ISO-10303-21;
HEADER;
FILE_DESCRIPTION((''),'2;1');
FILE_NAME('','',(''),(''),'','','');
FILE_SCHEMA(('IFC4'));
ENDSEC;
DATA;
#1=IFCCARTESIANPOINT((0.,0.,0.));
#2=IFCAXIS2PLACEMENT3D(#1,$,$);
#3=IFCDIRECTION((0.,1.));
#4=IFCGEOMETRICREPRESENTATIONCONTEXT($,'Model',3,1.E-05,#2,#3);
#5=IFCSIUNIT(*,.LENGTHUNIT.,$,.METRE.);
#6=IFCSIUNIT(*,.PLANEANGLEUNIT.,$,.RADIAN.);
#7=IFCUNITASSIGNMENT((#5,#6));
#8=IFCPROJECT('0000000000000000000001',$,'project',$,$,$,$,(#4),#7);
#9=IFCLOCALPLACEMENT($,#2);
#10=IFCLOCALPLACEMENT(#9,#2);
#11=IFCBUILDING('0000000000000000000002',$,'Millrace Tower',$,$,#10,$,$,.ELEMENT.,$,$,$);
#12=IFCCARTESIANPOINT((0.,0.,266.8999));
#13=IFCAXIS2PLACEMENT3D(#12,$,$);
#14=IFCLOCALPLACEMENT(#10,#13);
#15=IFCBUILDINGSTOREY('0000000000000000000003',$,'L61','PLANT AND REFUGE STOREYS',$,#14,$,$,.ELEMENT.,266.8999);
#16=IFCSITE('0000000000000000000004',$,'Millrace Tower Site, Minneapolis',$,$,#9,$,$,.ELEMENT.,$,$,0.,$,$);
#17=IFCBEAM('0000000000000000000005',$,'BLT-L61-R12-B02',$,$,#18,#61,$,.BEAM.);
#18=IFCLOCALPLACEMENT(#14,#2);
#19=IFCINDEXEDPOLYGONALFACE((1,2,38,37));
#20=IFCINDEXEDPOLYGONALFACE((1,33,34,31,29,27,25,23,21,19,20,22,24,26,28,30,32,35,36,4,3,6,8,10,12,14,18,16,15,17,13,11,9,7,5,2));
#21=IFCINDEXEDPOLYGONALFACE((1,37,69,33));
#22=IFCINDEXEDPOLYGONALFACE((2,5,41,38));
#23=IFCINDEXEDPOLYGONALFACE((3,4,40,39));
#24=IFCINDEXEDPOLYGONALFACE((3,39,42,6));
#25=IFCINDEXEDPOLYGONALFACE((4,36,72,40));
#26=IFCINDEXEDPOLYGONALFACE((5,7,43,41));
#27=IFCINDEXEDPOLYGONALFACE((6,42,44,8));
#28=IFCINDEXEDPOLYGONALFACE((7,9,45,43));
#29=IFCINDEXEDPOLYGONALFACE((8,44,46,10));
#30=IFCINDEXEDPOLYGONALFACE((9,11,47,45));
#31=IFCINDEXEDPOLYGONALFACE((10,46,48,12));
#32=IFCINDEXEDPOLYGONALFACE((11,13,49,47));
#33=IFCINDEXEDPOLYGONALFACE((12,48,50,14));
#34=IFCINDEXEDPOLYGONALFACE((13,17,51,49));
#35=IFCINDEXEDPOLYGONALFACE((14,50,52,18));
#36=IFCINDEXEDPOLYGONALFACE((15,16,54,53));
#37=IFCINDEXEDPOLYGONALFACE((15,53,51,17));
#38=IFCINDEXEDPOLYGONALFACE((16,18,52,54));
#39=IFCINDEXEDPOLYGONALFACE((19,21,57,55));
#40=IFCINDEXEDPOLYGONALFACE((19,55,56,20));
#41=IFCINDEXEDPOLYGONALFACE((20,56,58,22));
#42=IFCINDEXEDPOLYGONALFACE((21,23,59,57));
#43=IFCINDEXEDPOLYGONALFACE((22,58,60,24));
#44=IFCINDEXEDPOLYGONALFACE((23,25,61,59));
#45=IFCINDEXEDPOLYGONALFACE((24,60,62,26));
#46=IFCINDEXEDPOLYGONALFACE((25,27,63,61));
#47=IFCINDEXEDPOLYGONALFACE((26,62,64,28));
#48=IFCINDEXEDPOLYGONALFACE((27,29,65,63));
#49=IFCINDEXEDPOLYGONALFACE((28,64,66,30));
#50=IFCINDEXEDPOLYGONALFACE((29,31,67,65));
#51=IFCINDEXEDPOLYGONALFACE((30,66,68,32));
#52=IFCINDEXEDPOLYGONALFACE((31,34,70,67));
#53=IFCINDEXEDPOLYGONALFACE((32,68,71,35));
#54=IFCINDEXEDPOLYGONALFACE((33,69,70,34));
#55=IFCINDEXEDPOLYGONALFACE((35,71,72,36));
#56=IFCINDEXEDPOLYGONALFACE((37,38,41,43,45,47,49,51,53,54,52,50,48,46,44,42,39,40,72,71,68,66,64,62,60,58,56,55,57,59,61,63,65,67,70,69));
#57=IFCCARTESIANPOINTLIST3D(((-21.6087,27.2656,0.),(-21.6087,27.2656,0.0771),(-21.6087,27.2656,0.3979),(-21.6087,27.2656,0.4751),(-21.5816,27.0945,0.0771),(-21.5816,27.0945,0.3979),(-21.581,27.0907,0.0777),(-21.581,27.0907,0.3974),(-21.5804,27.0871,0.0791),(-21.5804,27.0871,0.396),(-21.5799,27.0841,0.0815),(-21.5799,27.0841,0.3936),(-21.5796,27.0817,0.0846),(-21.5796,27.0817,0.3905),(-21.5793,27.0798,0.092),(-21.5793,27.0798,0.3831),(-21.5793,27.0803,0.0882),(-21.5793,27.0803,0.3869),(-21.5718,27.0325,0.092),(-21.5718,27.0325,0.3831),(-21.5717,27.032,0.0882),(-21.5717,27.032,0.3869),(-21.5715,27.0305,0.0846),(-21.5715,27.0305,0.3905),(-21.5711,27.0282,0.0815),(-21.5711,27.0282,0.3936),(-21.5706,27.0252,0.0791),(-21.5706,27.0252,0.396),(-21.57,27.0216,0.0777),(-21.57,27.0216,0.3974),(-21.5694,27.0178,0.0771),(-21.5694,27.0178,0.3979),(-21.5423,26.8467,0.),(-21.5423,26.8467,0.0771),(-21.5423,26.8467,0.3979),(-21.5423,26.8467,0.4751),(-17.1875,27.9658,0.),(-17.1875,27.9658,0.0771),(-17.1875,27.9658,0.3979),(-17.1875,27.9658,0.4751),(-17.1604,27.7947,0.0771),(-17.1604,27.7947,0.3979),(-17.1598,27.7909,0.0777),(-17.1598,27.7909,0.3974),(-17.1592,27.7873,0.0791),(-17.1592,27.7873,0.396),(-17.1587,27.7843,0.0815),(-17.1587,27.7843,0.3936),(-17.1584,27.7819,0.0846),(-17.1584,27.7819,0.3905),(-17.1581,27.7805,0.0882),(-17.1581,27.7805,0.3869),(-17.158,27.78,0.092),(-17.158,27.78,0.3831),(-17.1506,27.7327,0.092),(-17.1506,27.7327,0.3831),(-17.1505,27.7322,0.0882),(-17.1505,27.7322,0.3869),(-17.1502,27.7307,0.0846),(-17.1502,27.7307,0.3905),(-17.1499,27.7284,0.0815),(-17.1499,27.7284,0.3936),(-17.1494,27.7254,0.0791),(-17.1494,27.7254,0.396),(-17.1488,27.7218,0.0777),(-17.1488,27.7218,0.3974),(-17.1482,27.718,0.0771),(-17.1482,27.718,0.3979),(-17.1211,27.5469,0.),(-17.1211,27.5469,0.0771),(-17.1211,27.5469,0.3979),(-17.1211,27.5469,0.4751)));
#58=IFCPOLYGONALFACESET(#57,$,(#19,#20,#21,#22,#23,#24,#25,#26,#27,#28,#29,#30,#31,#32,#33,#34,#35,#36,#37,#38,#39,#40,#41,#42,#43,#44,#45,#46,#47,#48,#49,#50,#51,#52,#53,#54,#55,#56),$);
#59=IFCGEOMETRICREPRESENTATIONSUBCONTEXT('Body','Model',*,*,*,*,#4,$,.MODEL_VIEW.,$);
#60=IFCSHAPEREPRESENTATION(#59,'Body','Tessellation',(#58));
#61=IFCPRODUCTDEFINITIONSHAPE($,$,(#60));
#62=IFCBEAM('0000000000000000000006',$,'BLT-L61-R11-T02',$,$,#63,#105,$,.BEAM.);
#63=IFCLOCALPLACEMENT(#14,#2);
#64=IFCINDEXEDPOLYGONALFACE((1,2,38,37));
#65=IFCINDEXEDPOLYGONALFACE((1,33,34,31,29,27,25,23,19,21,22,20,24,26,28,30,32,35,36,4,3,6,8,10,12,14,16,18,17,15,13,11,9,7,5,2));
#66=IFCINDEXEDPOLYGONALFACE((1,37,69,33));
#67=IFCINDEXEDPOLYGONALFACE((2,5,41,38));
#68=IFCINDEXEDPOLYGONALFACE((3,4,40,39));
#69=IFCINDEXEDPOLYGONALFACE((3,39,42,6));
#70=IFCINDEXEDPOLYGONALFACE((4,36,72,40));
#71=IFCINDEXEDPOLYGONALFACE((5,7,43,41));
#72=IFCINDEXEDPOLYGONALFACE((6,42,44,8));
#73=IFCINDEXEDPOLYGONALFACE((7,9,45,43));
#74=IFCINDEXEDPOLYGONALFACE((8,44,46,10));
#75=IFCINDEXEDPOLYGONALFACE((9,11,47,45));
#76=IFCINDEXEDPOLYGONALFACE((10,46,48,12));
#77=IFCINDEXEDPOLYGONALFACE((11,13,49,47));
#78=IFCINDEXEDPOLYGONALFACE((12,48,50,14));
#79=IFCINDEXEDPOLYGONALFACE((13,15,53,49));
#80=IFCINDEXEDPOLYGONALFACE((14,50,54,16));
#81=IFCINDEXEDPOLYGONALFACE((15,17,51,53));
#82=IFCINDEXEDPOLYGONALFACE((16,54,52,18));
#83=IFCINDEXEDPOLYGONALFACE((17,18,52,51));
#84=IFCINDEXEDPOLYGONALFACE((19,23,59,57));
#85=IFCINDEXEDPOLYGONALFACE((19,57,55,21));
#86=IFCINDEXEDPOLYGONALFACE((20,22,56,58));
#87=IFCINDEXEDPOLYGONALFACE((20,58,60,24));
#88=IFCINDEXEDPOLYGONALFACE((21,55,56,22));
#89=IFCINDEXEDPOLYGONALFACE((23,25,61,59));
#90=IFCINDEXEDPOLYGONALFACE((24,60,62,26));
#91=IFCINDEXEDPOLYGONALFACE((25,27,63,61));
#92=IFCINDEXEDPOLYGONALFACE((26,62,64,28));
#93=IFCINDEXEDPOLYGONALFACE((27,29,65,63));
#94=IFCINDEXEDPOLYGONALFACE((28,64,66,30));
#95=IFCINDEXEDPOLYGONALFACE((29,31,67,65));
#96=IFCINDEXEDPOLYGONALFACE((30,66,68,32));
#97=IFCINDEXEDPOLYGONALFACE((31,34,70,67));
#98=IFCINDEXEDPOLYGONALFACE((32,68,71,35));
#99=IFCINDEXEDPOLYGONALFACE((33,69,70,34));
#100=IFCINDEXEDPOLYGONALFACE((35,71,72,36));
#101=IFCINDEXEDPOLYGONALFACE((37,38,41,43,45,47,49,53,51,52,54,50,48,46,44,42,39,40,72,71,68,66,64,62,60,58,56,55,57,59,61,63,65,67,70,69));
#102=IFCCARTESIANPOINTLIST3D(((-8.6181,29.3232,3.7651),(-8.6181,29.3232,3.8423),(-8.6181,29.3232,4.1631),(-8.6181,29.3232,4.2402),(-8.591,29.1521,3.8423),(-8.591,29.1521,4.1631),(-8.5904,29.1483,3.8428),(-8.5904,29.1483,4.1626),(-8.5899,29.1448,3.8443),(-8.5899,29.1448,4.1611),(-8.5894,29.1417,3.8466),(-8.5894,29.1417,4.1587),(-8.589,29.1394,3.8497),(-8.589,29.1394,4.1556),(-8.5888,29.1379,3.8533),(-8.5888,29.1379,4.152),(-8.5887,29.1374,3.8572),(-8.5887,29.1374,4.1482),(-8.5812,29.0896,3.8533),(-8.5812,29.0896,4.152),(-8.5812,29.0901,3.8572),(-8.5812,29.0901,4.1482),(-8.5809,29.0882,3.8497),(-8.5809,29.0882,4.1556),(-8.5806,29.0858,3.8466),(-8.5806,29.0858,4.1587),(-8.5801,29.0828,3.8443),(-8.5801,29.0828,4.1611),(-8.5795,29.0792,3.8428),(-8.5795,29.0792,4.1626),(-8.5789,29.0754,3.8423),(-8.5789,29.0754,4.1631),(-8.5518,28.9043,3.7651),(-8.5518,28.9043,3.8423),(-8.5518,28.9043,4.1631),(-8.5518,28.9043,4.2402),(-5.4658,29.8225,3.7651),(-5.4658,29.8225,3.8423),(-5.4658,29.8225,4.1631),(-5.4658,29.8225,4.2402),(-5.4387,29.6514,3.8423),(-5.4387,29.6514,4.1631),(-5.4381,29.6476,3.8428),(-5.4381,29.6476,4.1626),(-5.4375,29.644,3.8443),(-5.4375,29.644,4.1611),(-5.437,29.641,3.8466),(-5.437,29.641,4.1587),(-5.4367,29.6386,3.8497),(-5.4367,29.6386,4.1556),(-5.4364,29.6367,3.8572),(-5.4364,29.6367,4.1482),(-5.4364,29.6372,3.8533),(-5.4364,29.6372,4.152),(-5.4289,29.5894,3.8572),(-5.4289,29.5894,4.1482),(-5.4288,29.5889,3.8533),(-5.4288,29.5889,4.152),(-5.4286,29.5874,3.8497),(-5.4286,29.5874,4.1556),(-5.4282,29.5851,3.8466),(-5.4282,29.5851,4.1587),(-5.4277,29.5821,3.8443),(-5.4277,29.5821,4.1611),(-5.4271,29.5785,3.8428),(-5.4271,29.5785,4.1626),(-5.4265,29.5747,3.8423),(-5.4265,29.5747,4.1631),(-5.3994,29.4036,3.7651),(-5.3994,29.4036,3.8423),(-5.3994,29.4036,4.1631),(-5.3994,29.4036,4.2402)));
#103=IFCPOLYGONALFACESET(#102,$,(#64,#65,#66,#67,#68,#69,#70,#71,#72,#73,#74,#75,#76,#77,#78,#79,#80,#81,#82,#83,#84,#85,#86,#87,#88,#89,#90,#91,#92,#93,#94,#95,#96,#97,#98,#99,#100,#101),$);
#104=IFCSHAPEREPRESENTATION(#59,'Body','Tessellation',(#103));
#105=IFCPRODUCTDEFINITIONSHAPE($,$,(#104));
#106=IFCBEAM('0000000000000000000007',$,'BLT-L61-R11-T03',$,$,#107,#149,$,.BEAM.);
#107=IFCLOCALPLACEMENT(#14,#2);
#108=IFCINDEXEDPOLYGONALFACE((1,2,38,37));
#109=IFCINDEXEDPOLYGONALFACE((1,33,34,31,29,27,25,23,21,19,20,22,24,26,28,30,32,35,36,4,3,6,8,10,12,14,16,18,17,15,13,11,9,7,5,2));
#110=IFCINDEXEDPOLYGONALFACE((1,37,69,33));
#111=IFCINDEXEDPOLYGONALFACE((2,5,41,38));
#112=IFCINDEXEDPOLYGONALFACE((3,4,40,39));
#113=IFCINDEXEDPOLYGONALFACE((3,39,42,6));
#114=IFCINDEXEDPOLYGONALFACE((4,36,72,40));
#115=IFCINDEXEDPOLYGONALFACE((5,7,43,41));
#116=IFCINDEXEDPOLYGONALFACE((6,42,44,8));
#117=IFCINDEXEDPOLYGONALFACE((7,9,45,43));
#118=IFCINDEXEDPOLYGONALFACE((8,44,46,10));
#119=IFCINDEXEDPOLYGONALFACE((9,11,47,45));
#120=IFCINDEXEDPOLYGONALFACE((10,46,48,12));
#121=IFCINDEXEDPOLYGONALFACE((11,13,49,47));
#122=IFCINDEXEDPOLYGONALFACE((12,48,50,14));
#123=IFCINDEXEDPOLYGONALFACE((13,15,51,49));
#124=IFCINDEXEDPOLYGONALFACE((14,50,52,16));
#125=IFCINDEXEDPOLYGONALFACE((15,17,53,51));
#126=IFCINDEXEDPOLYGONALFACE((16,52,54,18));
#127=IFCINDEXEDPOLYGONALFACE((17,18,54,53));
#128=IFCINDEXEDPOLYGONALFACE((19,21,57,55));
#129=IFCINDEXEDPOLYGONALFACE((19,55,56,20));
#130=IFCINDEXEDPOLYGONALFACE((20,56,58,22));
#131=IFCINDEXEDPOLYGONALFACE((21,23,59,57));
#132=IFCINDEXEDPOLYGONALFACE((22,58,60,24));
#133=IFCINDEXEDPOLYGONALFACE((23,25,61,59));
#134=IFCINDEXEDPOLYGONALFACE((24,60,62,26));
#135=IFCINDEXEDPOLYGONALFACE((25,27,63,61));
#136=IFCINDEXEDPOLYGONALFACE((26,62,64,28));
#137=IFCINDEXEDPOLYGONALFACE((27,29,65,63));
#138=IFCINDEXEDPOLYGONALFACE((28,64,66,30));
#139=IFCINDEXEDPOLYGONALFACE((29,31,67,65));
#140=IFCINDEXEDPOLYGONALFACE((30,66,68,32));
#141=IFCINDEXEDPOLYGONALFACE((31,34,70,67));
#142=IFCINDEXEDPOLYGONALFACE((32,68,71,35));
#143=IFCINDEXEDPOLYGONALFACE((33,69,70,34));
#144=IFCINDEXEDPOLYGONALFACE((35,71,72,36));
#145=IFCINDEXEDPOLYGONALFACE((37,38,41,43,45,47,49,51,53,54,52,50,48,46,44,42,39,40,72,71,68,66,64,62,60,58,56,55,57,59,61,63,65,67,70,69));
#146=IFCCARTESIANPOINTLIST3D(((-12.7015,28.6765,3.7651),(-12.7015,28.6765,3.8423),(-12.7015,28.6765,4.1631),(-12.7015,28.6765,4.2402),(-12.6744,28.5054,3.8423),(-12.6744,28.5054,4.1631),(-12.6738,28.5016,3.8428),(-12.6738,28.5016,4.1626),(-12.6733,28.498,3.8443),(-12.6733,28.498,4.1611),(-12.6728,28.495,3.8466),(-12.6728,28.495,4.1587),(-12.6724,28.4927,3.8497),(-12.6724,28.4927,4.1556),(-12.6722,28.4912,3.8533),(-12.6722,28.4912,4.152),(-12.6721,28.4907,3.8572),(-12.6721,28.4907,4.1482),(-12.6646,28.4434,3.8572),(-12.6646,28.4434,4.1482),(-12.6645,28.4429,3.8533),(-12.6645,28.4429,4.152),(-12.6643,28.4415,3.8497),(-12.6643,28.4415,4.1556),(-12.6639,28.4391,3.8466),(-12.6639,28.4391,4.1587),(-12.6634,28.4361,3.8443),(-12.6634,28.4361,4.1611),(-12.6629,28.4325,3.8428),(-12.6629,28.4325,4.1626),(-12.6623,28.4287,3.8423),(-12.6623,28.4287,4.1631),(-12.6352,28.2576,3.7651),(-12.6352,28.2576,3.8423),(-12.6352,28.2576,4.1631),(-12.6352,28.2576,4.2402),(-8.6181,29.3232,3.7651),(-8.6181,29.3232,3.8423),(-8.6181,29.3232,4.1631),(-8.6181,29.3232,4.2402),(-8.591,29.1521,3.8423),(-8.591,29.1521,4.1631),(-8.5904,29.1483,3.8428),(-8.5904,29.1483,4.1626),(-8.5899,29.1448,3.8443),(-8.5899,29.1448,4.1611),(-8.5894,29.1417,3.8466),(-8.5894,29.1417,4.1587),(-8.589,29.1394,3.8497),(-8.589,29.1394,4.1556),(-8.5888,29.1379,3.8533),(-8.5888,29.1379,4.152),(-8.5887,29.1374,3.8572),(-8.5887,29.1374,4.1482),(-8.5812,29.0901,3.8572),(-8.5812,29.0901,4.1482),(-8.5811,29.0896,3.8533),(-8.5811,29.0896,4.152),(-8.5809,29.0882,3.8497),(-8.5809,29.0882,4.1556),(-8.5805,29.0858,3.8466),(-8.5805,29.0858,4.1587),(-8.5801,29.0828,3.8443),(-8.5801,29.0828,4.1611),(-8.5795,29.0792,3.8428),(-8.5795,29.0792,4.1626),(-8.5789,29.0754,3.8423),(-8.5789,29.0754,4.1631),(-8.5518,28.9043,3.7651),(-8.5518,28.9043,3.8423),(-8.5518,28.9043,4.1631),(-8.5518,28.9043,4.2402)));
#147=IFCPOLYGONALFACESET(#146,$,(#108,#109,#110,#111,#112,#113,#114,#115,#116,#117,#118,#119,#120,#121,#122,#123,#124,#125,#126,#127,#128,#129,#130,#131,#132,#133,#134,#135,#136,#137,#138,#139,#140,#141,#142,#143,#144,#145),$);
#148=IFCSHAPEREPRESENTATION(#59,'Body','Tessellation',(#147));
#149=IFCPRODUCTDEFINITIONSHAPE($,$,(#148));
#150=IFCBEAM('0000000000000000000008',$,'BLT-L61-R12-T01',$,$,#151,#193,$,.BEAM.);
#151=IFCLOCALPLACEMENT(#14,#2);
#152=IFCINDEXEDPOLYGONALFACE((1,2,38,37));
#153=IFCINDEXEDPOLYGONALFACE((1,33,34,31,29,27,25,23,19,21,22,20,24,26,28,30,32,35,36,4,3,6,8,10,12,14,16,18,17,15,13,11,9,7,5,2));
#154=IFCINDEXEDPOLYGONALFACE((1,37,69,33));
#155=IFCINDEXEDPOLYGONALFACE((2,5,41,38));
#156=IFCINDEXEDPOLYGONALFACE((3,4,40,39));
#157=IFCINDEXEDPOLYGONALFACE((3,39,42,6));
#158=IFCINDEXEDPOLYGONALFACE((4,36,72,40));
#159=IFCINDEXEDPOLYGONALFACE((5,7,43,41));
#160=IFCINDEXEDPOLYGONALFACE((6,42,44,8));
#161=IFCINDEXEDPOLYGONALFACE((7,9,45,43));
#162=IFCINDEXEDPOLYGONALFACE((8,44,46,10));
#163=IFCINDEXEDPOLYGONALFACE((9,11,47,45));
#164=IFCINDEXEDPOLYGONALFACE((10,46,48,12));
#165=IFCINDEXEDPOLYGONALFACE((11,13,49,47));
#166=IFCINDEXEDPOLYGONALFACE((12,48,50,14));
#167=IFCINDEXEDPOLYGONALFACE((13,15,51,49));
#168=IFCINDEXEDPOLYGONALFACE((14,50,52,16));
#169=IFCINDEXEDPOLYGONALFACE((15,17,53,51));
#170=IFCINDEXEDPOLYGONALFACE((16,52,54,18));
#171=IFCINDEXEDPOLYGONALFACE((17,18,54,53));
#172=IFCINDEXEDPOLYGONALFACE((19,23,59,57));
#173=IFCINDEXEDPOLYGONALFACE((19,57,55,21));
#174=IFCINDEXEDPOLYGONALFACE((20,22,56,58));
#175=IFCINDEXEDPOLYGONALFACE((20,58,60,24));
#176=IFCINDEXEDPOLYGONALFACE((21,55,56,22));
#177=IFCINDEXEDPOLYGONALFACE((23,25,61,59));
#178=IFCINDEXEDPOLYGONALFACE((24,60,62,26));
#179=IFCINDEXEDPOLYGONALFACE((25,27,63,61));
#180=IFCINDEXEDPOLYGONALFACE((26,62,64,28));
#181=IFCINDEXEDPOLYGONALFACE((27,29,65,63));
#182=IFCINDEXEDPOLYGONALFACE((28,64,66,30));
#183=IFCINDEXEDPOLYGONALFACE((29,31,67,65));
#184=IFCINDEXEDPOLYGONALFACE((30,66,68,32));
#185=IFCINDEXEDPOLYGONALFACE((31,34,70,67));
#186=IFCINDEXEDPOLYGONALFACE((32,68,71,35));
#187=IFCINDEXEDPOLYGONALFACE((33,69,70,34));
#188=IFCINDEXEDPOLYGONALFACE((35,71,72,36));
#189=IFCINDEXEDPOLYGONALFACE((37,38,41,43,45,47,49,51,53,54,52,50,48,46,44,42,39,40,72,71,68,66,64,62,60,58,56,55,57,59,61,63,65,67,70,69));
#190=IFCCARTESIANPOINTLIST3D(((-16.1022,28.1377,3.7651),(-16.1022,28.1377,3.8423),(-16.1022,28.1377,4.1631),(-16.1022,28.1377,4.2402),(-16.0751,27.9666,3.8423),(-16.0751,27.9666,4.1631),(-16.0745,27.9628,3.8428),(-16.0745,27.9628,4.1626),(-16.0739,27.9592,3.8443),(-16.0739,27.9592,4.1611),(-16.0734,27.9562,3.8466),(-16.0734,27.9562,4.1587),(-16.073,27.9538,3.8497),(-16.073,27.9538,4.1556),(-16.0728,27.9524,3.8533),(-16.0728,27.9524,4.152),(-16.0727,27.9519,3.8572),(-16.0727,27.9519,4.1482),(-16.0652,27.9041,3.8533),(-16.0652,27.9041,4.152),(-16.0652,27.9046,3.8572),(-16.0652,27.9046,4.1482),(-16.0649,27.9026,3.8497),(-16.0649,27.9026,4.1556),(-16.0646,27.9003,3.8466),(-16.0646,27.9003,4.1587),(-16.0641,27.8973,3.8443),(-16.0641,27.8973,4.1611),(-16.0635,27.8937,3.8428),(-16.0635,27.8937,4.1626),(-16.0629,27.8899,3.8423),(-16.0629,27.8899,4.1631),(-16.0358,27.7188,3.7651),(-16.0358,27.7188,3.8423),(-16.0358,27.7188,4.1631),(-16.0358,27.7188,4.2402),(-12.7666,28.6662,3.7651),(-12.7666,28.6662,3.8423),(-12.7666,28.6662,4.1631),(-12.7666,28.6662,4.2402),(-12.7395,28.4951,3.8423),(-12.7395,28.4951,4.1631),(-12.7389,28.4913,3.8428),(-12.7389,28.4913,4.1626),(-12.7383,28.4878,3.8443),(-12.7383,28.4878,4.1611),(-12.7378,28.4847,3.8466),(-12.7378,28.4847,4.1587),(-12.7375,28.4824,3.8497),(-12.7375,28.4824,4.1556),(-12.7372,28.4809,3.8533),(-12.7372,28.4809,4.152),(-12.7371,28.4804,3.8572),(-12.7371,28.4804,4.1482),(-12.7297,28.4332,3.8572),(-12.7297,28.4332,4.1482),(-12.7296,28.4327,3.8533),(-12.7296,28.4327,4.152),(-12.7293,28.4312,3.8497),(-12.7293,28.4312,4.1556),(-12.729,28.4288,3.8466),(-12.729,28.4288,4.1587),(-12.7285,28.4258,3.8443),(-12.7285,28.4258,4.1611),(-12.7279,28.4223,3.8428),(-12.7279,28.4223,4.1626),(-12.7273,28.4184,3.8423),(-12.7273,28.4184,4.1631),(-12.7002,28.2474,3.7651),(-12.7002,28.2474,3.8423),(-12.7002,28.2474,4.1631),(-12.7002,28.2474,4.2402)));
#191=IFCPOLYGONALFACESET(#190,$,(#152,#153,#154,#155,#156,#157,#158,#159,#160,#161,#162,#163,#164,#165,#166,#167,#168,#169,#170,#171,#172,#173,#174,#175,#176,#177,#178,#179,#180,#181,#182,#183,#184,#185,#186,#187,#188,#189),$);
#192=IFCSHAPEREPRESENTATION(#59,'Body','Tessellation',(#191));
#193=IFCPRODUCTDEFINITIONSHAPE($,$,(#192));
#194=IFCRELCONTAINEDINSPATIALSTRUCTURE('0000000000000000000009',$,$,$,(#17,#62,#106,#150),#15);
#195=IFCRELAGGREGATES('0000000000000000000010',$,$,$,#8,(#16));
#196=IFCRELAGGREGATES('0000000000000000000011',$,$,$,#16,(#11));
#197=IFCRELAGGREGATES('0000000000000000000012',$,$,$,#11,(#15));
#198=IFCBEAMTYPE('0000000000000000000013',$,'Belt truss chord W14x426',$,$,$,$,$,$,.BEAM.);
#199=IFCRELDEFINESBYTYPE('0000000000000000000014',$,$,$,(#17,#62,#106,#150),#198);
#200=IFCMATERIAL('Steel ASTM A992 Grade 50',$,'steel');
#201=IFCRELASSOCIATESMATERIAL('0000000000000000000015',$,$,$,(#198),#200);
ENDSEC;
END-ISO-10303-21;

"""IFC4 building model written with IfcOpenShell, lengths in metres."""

from ifc_helpers import new_model, si_unit, direction, frame, origin, origin_2d, place, context, subcontext, project, spatial, i_section, extrude, material, material_profile, profile_set, type_object, element, save


model = new_model("IFC4")

# Units and contexts
model_context = context("Model", 3, precision=1e-05, world=origin(), true_north=direction((0.0, 1.0)))
body_context = subcontext(model_context, "Body", "Model", "MODEL_VIEW")
ifc_project = project(units=[si_unit("LENGTHUNIT", "METRE"), si_unit("PLANEANGLEUNIT", "RADIAN")], contexts=[model_context])

# Site, building, storey
site_placement = place(None, origin())
site = spatial("IfcSite", under=ifc_project, at=site_placement, Name="Millrace Tower Site, Minneapolis", CompositionType="ELEMENT", RefElevation=0.0)
building_placement = place(site_placement, origin())
building = spatial("IfcBuilding", under=site, at=building_placement, Name="Millrace Tower", CompositionType="ELEMENT")
storey_placement = place(building_placement, frame((0.0, 0.0, 266.8999)))
storey = spatial("IfcBuildingStorey", under=building, at=storey_placement, Name="L61", Description="PLANT AND REFUGE STOREYS", CompositionType="ELEMENT", Elevation=266.8999)

# Beams
ifc_material_1 = material(Name="Steel ASTM A992 Grade 50", Category="steel")
ifc_material_profile_1 = material_profile(ifc_material_1, i_section(OverallWidth=0.4241, OverallDepth=0.4751, WebThickness=0.0479, FlangeThickness=0.0771, FilletRadius=0.0149, at=origin_2d()))
ifc_profile_set_1 = profile_set([ifc_material_profile_1], Name="Steel ASTM A992 Grade 50")
beam_type = type_object("IfcBeamType", Name="Belt truss chord W14x426", PredefinedType="BEAM", material=ifc_profile_set_1)
beam_1_placement = place(storey_placement, frame((-17.1543, 27.7563, 0.2375), z_axis=(-0.98769, -0.156425, 0.0), x_axis=(0.156425, -0.98769, 0.0)))
element("IfcBeam", 1, at=beam_1_placement, inside=storey, type_object=beam_type, Name="BLT-L61-R12-B02", PredefinedType="BEAM", context=body_context, shape_type="SweptSolid", body=[
    extrude(i_section(OverallWidth=0.4241, OverallDepth=0.4751, WebThickness=0.0479, FlangeThickness=0.0771, FilletRadius=0.0149, at=origin_2d()), origin(), (0.0, 0.0, 1.0), 4.4763),
])
beam_2_placement = place(storey_placement, frame((-5.4326, 29.613, 4.0027), z_axis=(-0.987689, -0.15643, 0.0), x_axis=(0.15643, -0.987689, 0.0)))
element("IfcBeam", 2, at=beam_2_placement, inside=storey, type_object=beam_type, Name="BLT-L61-R11-T02", PredefinedType="BEAM", context=body_context, shape_type="SweptSolid", body=[
    extrude(i_section(OverallWidth=0.4241, OverallDepth=0.4751, WebThickness=0.0479, FlangeThickness=0.0771, FilletRadius=0.0149, at=origin_2d()), origin(), (0.0, 0.0, 1.0), 3.1917),
])
beam_3_placement = place(storey_placement, frame((-8.585, 29.1138, 4.0027), z_axis=(-0.98769, -0.156427, 0.0), x_axis=(0.156427, -0.98769, 0.0)))
element("IfcBeam", 3, at=beam_3_placement, inside=storey, type_object=beam_type, Name="BLT-L61-R11-T03", PredefinedType="BEAM", context=body_context, shape_type="SweptSolid", body=[
    extrude(i_section(OverallWidth=0.4241, OverallDepth=0.4751, WebThickness=0.0479, FlangeThickness=0.0771, FilletRadius=0.0149, at=origin_2d()), origin(), (0.0, 0.0, 1.0), 4.1343),
])
beam_4_placement = place(storey_placement, frame((-12.7334, 28.4568, 4.0027), z_axis=(-0.987677, -0.156505, 0.0), x_axis=(0.156505, -0.987677, 0.0)))
element("IfcBeam", 4, at=beam_4_placement, inside=storey, type_object=beam_type, Name="BLT-L61-R12-T01", PredefinedType="BEAM", context=body_context, shape_type="SweptSolid", body=[
    extrude(i_section(OverallWidth=0.4241, OverallDepth=0.4751, WebThickness=0.0479, FlangeThickness=0.0771, FilletRadius=0.0149, at=origin_2d()), origin(), (0.0, 0.0, 1.0), 3.3772),
])

save(model, "model.ifc")
